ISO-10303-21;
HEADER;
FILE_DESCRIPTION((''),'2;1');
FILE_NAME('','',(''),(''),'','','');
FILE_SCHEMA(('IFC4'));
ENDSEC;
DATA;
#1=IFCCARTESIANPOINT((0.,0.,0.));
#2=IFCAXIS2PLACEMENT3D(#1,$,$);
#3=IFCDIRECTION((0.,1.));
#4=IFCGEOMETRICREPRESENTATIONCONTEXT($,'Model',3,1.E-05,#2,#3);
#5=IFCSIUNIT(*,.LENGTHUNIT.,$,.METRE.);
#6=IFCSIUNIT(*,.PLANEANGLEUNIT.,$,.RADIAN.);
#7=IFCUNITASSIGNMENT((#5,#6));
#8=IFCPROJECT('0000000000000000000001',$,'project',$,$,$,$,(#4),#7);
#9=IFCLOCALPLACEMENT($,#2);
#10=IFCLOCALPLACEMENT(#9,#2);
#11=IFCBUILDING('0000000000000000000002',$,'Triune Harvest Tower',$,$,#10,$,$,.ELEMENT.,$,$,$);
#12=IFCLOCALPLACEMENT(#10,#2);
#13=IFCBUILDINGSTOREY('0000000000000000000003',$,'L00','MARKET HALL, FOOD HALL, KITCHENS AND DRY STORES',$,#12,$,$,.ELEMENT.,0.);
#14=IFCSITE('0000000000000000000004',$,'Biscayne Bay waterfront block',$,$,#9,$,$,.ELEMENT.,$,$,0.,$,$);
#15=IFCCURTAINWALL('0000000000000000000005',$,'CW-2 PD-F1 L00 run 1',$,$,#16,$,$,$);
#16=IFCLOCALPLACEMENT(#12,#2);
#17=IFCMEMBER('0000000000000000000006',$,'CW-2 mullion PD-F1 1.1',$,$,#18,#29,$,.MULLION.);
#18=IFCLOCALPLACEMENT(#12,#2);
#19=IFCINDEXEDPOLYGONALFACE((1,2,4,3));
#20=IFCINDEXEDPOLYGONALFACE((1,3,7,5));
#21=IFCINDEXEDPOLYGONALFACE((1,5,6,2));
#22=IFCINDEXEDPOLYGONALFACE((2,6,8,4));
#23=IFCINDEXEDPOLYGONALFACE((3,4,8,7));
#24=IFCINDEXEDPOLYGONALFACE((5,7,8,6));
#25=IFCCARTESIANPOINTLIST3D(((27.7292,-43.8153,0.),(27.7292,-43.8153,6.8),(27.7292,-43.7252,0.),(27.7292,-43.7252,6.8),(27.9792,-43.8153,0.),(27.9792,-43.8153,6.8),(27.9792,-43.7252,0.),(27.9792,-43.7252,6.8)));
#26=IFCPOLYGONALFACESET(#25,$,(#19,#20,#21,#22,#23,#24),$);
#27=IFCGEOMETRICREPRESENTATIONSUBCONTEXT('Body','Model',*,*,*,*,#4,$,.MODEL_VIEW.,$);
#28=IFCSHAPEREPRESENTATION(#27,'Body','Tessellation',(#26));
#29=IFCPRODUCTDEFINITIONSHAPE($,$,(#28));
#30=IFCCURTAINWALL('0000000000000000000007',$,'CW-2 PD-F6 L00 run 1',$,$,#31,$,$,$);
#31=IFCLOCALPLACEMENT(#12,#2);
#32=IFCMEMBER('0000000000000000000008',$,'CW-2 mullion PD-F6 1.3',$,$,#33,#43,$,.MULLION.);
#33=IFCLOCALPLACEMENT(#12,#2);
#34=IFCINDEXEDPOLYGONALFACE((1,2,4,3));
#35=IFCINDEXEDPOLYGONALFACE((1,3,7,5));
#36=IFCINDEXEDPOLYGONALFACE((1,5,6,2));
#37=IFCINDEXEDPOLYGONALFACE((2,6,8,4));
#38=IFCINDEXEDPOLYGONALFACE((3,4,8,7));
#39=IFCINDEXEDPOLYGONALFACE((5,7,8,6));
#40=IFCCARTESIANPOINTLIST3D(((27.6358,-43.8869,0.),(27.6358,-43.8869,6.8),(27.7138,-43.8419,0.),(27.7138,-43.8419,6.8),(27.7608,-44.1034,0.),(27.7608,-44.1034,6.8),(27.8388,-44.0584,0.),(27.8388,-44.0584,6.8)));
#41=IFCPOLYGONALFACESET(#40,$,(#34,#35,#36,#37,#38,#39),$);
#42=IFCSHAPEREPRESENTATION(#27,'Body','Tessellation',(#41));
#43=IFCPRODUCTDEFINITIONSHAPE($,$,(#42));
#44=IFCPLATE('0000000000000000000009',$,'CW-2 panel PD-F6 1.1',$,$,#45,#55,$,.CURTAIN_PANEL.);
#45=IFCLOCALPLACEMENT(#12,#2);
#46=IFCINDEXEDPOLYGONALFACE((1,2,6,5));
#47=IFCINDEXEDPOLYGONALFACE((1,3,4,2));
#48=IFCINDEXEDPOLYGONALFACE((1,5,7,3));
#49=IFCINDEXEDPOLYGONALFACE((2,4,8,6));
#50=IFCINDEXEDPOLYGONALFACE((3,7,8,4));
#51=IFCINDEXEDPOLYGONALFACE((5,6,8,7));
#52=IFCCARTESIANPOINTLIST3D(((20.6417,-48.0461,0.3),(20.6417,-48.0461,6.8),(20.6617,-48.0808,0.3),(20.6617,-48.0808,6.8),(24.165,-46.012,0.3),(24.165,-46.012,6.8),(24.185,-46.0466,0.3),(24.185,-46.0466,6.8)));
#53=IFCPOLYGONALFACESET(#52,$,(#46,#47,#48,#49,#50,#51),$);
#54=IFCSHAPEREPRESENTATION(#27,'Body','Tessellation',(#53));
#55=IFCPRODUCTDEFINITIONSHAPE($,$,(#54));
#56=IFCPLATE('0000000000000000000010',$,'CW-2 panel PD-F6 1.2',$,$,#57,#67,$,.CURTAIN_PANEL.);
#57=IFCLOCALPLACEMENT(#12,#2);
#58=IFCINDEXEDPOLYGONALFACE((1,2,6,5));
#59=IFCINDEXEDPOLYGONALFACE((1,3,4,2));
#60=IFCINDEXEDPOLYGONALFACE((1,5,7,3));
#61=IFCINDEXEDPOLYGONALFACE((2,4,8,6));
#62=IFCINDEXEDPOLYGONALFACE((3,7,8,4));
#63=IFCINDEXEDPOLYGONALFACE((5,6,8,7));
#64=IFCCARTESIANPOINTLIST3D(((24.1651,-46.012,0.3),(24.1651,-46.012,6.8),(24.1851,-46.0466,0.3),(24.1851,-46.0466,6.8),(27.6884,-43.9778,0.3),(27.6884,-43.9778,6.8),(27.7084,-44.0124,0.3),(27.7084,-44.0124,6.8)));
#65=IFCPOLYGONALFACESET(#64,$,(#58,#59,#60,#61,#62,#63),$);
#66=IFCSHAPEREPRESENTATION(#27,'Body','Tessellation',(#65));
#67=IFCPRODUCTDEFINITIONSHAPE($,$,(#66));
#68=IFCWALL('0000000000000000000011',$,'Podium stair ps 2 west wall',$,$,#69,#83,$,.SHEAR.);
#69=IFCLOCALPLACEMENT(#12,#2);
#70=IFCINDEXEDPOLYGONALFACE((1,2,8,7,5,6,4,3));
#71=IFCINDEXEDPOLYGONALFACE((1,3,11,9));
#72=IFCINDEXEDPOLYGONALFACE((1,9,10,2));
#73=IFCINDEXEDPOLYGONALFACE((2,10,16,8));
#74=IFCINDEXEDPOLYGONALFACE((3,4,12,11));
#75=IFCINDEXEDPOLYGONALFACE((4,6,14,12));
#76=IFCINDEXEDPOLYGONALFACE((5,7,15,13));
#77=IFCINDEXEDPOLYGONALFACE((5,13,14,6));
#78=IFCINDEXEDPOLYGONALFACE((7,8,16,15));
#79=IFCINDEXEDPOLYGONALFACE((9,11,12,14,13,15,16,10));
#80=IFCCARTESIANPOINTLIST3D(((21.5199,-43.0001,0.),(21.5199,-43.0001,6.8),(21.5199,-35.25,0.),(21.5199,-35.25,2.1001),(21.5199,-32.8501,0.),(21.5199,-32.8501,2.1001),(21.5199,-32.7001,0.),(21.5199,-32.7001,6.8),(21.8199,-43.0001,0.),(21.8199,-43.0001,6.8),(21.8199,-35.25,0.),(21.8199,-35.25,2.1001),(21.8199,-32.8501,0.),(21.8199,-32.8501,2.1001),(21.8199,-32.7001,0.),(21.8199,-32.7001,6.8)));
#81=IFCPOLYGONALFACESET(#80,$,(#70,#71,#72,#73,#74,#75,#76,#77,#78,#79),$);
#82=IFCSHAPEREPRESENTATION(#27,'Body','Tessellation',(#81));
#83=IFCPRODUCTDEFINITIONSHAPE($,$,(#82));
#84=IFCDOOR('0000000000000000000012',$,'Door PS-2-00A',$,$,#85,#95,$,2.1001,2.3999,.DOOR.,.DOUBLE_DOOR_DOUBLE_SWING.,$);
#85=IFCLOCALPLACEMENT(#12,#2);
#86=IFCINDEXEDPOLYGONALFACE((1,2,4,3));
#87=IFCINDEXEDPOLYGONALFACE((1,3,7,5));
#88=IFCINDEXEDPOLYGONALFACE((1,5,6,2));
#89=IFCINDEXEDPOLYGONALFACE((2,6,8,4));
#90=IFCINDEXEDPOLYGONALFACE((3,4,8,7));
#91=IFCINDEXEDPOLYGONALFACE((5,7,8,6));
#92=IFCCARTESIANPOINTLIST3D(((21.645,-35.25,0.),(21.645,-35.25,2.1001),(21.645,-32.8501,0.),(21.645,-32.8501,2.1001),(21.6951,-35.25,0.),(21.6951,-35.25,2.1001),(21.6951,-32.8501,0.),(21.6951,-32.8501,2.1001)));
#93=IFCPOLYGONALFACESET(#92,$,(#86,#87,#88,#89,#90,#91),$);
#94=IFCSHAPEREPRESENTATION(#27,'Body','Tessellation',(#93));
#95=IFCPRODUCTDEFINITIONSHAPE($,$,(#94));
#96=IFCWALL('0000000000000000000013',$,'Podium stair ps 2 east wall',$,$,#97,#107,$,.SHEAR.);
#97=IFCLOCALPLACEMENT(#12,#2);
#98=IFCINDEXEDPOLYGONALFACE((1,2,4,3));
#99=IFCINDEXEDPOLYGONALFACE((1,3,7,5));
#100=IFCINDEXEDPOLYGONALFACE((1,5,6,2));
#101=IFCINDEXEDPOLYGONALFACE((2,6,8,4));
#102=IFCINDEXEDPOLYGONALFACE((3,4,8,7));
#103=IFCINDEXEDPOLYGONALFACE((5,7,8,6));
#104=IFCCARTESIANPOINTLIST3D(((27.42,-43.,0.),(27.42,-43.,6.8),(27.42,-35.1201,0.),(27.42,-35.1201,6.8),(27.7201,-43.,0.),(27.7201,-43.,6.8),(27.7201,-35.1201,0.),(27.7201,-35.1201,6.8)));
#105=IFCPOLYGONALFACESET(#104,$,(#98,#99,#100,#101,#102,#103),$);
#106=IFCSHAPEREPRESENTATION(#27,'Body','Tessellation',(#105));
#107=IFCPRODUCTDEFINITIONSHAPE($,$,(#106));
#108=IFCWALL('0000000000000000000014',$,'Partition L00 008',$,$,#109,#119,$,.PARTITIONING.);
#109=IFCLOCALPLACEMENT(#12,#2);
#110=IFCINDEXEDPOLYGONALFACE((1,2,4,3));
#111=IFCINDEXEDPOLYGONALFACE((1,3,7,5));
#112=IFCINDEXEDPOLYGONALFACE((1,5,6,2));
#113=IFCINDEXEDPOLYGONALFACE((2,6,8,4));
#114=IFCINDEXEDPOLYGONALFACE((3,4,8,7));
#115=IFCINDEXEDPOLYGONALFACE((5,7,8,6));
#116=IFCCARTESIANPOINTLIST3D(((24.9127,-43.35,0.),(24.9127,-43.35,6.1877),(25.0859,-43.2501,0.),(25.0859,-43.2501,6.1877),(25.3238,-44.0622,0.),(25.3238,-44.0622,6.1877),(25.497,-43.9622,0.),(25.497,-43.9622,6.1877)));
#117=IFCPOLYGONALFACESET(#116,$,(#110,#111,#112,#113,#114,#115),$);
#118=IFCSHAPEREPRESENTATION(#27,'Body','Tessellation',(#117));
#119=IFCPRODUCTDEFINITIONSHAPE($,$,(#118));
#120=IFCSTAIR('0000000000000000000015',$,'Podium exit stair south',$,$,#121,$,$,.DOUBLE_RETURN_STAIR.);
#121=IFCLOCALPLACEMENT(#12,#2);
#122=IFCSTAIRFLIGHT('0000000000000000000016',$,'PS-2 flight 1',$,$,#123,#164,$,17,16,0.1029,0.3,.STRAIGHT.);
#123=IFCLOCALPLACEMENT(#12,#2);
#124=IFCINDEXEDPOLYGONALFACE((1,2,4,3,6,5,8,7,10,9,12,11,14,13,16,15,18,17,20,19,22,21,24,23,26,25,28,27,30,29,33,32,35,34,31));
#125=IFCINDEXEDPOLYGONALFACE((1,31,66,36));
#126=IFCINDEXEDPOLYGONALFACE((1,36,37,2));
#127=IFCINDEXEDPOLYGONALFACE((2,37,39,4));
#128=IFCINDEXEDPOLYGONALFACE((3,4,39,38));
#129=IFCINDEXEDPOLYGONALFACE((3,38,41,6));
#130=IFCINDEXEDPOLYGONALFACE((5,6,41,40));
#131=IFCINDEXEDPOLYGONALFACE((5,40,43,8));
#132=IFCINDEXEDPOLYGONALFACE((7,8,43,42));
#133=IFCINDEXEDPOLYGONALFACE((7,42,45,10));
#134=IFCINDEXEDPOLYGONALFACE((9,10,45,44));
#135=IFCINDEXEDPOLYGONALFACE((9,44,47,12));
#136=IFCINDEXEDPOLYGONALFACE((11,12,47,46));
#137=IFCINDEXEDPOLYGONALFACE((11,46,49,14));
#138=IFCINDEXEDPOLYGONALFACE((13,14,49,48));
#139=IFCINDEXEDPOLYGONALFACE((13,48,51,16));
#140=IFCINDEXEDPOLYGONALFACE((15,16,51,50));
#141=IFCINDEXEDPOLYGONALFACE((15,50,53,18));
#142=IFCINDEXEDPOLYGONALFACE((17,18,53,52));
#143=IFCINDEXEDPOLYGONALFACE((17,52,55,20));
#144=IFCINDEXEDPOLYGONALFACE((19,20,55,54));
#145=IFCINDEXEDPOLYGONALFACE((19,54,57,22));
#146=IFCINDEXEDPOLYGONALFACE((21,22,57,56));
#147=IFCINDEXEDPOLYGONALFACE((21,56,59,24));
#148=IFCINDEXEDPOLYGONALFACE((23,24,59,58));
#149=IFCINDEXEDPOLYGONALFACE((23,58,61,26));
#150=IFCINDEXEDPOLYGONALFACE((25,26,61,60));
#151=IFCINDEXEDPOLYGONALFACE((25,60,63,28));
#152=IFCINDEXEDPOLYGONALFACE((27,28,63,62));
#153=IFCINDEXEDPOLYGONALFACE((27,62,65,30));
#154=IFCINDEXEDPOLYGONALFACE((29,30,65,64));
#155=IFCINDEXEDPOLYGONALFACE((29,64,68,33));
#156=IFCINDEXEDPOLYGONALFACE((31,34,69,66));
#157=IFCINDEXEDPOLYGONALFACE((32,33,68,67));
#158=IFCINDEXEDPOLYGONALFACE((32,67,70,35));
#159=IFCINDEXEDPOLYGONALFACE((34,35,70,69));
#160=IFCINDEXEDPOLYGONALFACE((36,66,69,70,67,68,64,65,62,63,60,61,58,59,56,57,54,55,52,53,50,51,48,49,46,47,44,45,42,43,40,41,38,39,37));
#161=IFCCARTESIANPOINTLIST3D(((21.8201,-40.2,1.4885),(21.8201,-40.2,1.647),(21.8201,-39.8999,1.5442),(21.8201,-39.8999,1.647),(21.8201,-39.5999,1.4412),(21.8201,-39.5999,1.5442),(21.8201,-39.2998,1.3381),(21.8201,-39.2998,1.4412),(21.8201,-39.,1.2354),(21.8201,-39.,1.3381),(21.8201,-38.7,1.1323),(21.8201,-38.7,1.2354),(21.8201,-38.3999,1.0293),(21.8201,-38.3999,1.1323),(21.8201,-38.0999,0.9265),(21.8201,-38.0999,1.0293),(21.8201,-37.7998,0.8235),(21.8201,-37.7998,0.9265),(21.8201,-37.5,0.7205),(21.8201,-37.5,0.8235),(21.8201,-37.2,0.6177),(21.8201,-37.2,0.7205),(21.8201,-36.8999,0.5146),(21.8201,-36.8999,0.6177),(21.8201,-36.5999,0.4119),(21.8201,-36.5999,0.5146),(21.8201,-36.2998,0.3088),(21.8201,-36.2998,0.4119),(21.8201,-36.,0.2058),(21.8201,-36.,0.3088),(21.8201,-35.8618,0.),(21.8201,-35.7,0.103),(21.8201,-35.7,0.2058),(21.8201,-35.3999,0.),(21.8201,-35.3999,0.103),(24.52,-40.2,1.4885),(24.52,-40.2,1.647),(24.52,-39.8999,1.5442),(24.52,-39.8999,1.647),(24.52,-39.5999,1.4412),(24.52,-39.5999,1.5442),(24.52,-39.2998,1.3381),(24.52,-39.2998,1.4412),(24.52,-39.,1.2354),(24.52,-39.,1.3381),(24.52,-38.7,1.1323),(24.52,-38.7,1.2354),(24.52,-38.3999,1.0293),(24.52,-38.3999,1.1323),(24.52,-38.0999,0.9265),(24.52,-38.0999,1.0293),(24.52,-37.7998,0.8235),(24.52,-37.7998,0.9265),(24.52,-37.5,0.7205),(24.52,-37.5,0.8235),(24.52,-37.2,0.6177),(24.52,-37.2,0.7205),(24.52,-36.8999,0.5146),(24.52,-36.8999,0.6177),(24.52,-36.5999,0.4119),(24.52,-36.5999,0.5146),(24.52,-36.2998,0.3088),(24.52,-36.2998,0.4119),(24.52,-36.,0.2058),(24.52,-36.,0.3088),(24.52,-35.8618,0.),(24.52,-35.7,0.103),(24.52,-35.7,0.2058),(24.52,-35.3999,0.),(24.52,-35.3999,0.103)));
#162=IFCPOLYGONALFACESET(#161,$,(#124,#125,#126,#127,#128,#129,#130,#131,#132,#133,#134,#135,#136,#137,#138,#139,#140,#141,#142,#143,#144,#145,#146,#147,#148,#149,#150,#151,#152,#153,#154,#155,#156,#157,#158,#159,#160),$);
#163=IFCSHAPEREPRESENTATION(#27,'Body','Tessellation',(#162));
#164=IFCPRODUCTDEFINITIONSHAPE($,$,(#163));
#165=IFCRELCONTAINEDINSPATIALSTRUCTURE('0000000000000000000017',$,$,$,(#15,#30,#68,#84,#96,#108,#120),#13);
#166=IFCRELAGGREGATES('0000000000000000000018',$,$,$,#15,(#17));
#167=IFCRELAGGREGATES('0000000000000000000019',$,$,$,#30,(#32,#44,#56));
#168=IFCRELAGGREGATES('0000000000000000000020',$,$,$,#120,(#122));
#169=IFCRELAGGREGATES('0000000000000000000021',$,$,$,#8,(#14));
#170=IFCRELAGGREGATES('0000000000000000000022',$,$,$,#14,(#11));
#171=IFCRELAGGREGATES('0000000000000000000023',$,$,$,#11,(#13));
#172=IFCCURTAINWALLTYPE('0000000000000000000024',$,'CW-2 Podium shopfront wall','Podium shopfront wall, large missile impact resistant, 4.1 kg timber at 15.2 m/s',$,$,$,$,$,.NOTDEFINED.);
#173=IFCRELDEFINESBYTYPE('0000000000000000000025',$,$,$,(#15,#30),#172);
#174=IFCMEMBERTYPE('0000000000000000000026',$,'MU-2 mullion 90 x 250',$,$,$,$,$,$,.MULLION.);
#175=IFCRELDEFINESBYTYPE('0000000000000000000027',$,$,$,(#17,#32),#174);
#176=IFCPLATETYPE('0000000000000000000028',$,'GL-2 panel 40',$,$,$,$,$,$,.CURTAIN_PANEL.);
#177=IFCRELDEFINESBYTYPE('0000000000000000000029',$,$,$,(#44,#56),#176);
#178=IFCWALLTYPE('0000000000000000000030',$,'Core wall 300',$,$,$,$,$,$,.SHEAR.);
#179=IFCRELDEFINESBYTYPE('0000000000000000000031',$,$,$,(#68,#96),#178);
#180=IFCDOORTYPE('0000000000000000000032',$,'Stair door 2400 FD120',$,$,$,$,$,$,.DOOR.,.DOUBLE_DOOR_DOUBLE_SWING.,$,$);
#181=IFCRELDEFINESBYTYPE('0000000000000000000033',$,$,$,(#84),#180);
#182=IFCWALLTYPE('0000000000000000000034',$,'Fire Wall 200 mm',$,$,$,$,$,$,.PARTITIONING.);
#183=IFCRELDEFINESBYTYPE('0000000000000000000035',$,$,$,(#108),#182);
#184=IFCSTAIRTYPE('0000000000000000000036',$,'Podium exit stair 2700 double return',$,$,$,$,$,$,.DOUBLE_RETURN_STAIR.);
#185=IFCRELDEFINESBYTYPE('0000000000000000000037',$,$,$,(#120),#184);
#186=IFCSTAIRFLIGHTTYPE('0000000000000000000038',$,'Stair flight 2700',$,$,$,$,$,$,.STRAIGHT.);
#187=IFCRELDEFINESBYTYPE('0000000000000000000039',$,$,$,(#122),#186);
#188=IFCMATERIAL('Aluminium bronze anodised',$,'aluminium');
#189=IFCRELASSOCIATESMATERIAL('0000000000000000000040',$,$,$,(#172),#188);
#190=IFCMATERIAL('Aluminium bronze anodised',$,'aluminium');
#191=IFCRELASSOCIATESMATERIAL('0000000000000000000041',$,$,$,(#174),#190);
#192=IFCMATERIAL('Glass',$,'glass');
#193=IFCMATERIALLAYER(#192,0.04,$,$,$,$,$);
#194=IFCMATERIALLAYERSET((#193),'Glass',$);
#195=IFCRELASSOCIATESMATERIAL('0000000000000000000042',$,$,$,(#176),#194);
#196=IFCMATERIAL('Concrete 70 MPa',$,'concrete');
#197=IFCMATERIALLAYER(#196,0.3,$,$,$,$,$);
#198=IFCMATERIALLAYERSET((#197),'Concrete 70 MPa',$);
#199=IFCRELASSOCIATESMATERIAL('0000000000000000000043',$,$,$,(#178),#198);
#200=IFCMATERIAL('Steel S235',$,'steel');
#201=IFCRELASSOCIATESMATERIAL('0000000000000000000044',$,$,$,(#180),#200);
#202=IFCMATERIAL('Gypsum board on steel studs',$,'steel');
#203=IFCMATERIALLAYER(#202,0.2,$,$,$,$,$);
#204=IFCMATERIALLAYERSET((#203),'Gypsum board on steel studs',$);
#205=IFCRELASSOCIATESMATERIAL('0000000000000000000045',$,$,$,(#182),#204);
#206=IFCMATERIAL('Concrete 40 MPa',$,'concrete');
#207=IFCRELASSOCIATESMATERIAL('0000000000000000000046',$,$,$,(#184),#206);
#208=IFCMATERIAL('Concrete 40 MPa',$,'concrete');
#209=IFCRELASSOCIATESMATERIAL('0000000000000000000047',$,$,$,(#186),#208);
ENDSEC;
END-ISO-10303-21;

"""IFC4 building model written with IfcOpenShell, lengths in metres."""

from ifc_helpers import new_model, si_unit, direction, frame, frame_2d, origin, origin_2d, place, context, subcontext, project, spatial, polyline, rectangle, outline, extrude, source, transform, mapped, material, layer, layer_set, material_profile, profile_set, type_object, element, fill, aggregate, save


model = new_model("IFC4")

# Units and contexts
model_context = context("Model", 3, precision=1e-05, world=origin(), true_north=direction((0.0, 1.0)))
body_context = subcontext(model_context, "Body", "Model", "MODEL_VIEW")
ifc_project = project(units=[si_unit("LENGTHUNIT", "METRE"), si_unit("PLANEANGLEUNIT", "RADIAN")], contexts=[model_context])

# Site, building, storey
site_placement = place(None, origin())
site = spatial("IfcSite", under=ifc_project, at=site_placement, Name="Biscayne Bay waterfront block", CompositionType="ELEMENT", RefElevation=0.0)
building_placement = place(site_placement, origin())
building = spatial("IfcBuilding", under=site, at=building_placement, Name="Triune Harvest Tower", CompositionType="ELEMENT")
storey_placement = place(building_placement, origin())
storey = spatial("IfcBuildingStorey", under=building, at=storey_placement, Name="L00", Description="MARKET HALL, FOOD HALL, KITCHENS AND DRY STORES", CompositionType="ELEMENT", Elevation=0.0)

# Curtain wall, member
ifc_material_1 = material(Name="Aluminium bronze anodised", Category="aluminium")
curtain_wall_type = type_object("IfcCurtainWallType", Name="CW-2 Podium shopfront wall", Description="Podium shopfront wall, large missile impact resistant, 4.1 kg timber at 15.2 m/s", PredefinedType="NOTDEFINED", material=ifc_material_1)
curtain_wall_1_placement = place(storey_placement, origin())
curtain_wall_1 = element("IfcCurtainWall", 1, at=curtain_wall_1_placement, inside=storey, type_object=curtain_wall_type, Name="CW-2 PD-F1 L00 run 1")
ifc_material_2 = material(Name="Aluminium bronze anodised", Category="aluminium")
ifc_material_profile_1 = material_profile(ifc_material_2, rectangle(XDim=0.25, YDim=0.0901, at=origin_2d()), Name="MU-2 mullion 90 x 250")
ifc_profile_set_1 = profile_set([ifc_material_profile_1], Name="Aluminium bronze anodised")
member_type = type_object("IfcMemberType", Name="MU-2 mullion 90 x 250", PredefinedType="MULLION", material=ifc_profile_set_1)
shared_shape_1 = source(origin(), body_context, "Body", "SweptSolid", [
    extrude(rectangle(XDim=0.25, YDim=0.0901, at=origin_2d()), origin(), (0.0, 0.0, 1.0), 6.8),
])
member_1_placement = place(storey_placement, frame((27.8542, -43.7703, 0.0), z_axis=(0.0, 0.0, 1.0), x_axis=(-1.0, 0.0, 0.0)))
member_1 = element("IfcMember", 2, at=member_1_placement, type_object=member_type, Name="CW-2 mullion PD-F1 1.1", PredefinedType="MULLION", context=body_context, shape_type="MappedRepresentation", body=[
    mapped(shared_shape_1, transform((0.0, 0.0, 0.0), scale=1.0)),
])
aggregate(curtain_wall_1, [member_1])

# Curtain wall, member, plates
curtain_wall_2_placement = place(storey_placement, origin())
curtain_wall_2 = element("IfcCurtainWall", 3, at=curtain_wall_2_placement, inside=storey, type_object=curtain_wall_type, Name="CW-2 PD-F6 L00 run 1")
member_2_placement = place(storey_placement, frame((27.7373, -43.9727, 0.0), z_axis=(0.0, 0.0, 1.0), x_axis=(-0.500002, 0.866024, 0.0)))
member_2 = element("IfcMember", 4, at=member_2_placement, type_object=member_type, Name="CW-2 mullion PD-F6 1.3", PredefinedType="MULLION", context=body_context, shape_type="MappedRepresentation", body=[
    mapped(shared_shape_1, transform((0.0, 0.0, 0.0), scale=1.0)),
])
ifc_material_3 = material(Name="Glass", Category="glass")
ifc_layer_1 = layer(ifc_material_3, 0.04)
ifc_layer_set_1 = layer_set([ifc_layer_1], Name="Glass")
plate_type = type_object("IfcPlateType", Name="GL-2 panel 40", PredefinedType="CURTAIN_PANEL", material=ifc_layer_set_1)
shared_shape_2 = source(origin(), body_context, "Body", "SweptSolid", [
    extrude(rectangle(XDim=4.0684, YDim=0.04, at=origin_2d()), origin(), (0.0, 0.0, 1.0), 6.5),
])
plate_1_placement = place(storey_placement, frame((22.4133, -47.0464, 0.3), z_axis=(0.0, 0.0, 1.0), x_axis=(0.866024, 0.500002, 0.0)))
plate_1 = element("IfcPlate", 5, at=plate_1_placement, type_object=plate_type, Name="CW-2 panel PD-F6 1.1", PredefinedType="CURTAIN_PANEL", context=body_context, shape_type="MappedRepresentation", body=[
    mapped(shared_shape_2, transform((0.0, 0.0, 0.0), scale=1.0)),
])
plate_2_placement = place(storey_placement, frame((25.9368, -45.0122, 0.3), z_axis=(0.0, 0.0, 1.0), x_axis=(0.866024, 0.500002, 0.0)))
plate_2 = element("IfcPlate", 6, at=plate_2_placement, type_object=plate_type, Name="CW-2 panel PD-F6 1.2", PredefinedType="CURTAIN_PANEL", context=body_context, shape_type="MappedRepresentation", body=[
    mapped(shared_shape_2, transform((0.0, 0.0, 0.0), scale=1.0)),
])
aggregate(curtain_wall_2, [member_2, plate_1, plate_2])

# Wall, opening, door
ifc_material_4 = material(Name="Concrete 70 MPa", Category="concrete")
ifc_layer_2 = layer(ifc_material_4, 0.3)
ifc_layer_set_2 = layer_set([ifc_layer_2], Name="Concrete 70 MPa")
wall_type_1 = type_object("IfcWallType", Name="Core wall 300", PredefinedType="SHEAR", material=ifc_layer_set_2)
shared_shape_3 = source(origin(), body_context, "Body", "SweptSolid", [
    extrude(rectangle(XDim=10.3, YDim=0.3, at=frame_2d((5.1499, 0.0))), origin(), (0.0, 0.0, 1.0), 6.8),
])
wall_1_placement = place(storey_placement, frame((21.6699, -43.0, 0.0), z_axis=(0.0, 0.0, 1.0), x_axis=(0.0, 1.0, 0.0)))
wall_1 = element("IfcWall", 7, at=wall_1_placement, inside=storey, type_object=wall_type_1, Name="Podium stair ps 2 west wall", PredefinedType="SHEAR", context=body_context, shape_type="MappedRepresentation", body=[
    mapped(shared_shape_3, transform((0.0, 0.0, 0.0), scale=1.0)),
])
opening_placement = place(wall_1_placement, frame((7.75, 0.0, 0.0)))
opening = element("IfcOpeningElement", 8, at=opening_placement, cuts=wall_1, PredefinedType="OPENING", context=body_context, shape_type="SweptSolid", body=[
    extrude(rectangle(XDim=2.3999, YDim=2.1001, at=frame_2d((1.2, 1.05))), frame((0.0, 0.1602, 0.0), z_axis=(0.0, -1.0, 0.0), x_axis=(1.0, 0.0, 0.0)), (0.0, 0.0, 1.0), 0.3201),
])
ifc_material_5 = material(Name="Steel S235", Category="steel")
door_type = type_object("IfcDoorType", Name="Stair door 2400 FD120", OperationType="DOUBLE_DOOR_DOUBLE_SWING", PredefinedType="DOOR", material=ifc_material_5)
door_placement = place(opening_placement, origin())
door = element("IfcDoor", 9, at=door_placement, inside=storey, type_object=door_type, Name="Door PS-2-00A", OperationType="DOUBLE_DOOR_DOUBLE_SWING", OverallHeight=2.1001, OverallWidth=2.3999, PredefinedType="DOOR", context=body_context, shape_type="SweptSolid", body=[
    extrude(rectangle(XDim=2.3999, YDim=2.1001, at=frame_2d((1.2, 1.05))), frame((0.0, 0.0249, 0.0), z_axis=(0.0, -1.0, 0.0), x_axis=(1.0, 0.0, 0.0)), (0.0, 0.0, 1.0), 0.05),
])
fill(opening, door)

# Walls
shared_shape_4 = source(origin(), body_context, "Body", "SweptSolid", [
    extrude(rectangle(XDim=7.8799, YDim=0.3, at=frame_2d((3.9399, 0.0))), origin(), (0.0, 0.0, 1.0), 6.8),
])
wall_2_placement = place(storey_placement, frame((27.5701, -43.0, 0.0), z_axis=(0.0, 0.0, 1.0), x_axis=(0.0, 1.0, 0.0)))
element("IfcWall", 10, at=wall_2_placement, inside=storey, type_object=wall_type_1, Name="Podium stair ps 2 east wall", PredefinedType="SHEAR", context=body_context, shape_type="MappedRepresentation", body=[
    mapped(shared_shape_4, transform((0.0, 0.0, 0.0), scale=1.0)),
])
ifc_material_6 = material(Name="Gypsum board on steel studs", Category="steel")
ifc_layer_3 = layer(ifc_material_6, 0.2)
ifc_layer_set_3 = layer_set([ifc_layer_3], Name="Gypsum board on steel studs")
wall_type_2 = type_object("IfcWallType", Name="Fire Wall 200 mm", PredefinedType="PARTITIONING", material=ifc_layer_set_3)
shared_shape_5 = source(origin(), body_context, "Body", "SweptSolid", [
    extrude(rectangle(XDim=0.8223, YDim=0.2, at=frame_2d((0.4111, 0.0))), origin(), (0.0, 0.0, 1.0), 6.1877),
])
wall_3_placement = place(storey_placement, frame((24.9993, -43.3, 0.0), z_axis=(0.0, 0.0, 1.0), x_axis=(0.499971, -0.866042, 0.0)))
element("IfcWall", 11, at=wall_3_placement, inside=storey, type_object=wall_type_2, Name="Partition L00 008", PredefinedType="PARTITIONING", context=body_context, shape_type="MappedRepresentation", body=[
    mapped(shared_shape_5, transform((0.0, 0.0, 0.0), scale=1.0)),
])

# Stair, stair flight
ifc_material_7 = material(Name="Concrete 40 MPa", Category="concrete")
stair_type = type_object("IfcStairType", Name="Podium exit stair 2700 double return", PredefinedType="DOUBLE_RETURN_STAIR", material=ifc_material_7)
stair_placement = place(storey_placement, origin())
stair = element("IfcStair", 12, at=stair_placement, inside=storey, type_object=stair_type, Name="Podium exit stair south", PredefinedType="DOUBLE_RETURN_STAIR")
ifc_material_8 = material(Name="Concrete 40 MPa", Category="concrete")
stair_flight_type = type_object("IfcStairFlightType", Name="Stair flight 2700", PredefinedType="STRAIGHT", material=ifc_material_8)
shared_shape_6 = source(origin(), body_context, "Body", "SweptSolid", [
    extrude(outline(polyline([(0.0, 0.0), (0.0, 0.103), (0.3, 0.103), (0.3, 0.2058), (0.6001, 0.2058), (0.6001, 0.3088), (0.8999, 0.3088), (0.8999, 0.4119), (1.2, 0.4119), (1.2, 0.5146), (1.5, 0.5146), (1.5, 0.6177), (1.8, 0.6177), (1.8, 0.7205), (2.1001, 0.7205), (2.1001, 0.8235), (2.3999, 0.8235), (2.3999, 0.9265), (2.7, 0.9265), (2.7, 1.0293), (3.0, 1.0293), (3.0, 1.1323), (3.3, 1.1323), (3.3, 1.2354), (3.6001, 1.2354), (3.6001, 1.3381), (3.8999, 1.3381), (3.8999, 1.4412), (4.2, 1.4412), (4.2, 1.5442), (4.5, 1.5442), (4.5, 1.647), (4.8, 1.647), (4.8, 1.75), (4.8, 1.4885), (0.4619, 0.0), (0.0, 0.0)])), frame((0.0, 1.3501, 0.0), z_axis=(0.0, -1.0, 0.0), x_axis=(1.0, 0.0, 0.0)), (0.0, 0.0, 1.0), 2.7),
])
stair_flight_1_placement = place(storey_placement, frame((23.1699, -35.3999, 0.0), z_axis=(0.0, 0.0, 1.0), x_axis=(0.0, -1.0, 0.0)))
stair_flight_1 = element("IfcStairFlight", 13, at=stair_flight_1_placement, type_object=stair_flight_type, Name="PS-2 flight 1", NumberOfRisers=17, NumberOfTreads=16, PredefinedType="STRAIGHT", RiserHeight=0.1029, TreadLength=0.3, context=body_context, shape_type="MappedRepresentation", body=[
    mapped(shared_shape_6, transform((0.0, 0.0, 0.0), scale=1.0)),
])
aggregate(stair, [stair_flight_1])

save(model, "model.ifc")
